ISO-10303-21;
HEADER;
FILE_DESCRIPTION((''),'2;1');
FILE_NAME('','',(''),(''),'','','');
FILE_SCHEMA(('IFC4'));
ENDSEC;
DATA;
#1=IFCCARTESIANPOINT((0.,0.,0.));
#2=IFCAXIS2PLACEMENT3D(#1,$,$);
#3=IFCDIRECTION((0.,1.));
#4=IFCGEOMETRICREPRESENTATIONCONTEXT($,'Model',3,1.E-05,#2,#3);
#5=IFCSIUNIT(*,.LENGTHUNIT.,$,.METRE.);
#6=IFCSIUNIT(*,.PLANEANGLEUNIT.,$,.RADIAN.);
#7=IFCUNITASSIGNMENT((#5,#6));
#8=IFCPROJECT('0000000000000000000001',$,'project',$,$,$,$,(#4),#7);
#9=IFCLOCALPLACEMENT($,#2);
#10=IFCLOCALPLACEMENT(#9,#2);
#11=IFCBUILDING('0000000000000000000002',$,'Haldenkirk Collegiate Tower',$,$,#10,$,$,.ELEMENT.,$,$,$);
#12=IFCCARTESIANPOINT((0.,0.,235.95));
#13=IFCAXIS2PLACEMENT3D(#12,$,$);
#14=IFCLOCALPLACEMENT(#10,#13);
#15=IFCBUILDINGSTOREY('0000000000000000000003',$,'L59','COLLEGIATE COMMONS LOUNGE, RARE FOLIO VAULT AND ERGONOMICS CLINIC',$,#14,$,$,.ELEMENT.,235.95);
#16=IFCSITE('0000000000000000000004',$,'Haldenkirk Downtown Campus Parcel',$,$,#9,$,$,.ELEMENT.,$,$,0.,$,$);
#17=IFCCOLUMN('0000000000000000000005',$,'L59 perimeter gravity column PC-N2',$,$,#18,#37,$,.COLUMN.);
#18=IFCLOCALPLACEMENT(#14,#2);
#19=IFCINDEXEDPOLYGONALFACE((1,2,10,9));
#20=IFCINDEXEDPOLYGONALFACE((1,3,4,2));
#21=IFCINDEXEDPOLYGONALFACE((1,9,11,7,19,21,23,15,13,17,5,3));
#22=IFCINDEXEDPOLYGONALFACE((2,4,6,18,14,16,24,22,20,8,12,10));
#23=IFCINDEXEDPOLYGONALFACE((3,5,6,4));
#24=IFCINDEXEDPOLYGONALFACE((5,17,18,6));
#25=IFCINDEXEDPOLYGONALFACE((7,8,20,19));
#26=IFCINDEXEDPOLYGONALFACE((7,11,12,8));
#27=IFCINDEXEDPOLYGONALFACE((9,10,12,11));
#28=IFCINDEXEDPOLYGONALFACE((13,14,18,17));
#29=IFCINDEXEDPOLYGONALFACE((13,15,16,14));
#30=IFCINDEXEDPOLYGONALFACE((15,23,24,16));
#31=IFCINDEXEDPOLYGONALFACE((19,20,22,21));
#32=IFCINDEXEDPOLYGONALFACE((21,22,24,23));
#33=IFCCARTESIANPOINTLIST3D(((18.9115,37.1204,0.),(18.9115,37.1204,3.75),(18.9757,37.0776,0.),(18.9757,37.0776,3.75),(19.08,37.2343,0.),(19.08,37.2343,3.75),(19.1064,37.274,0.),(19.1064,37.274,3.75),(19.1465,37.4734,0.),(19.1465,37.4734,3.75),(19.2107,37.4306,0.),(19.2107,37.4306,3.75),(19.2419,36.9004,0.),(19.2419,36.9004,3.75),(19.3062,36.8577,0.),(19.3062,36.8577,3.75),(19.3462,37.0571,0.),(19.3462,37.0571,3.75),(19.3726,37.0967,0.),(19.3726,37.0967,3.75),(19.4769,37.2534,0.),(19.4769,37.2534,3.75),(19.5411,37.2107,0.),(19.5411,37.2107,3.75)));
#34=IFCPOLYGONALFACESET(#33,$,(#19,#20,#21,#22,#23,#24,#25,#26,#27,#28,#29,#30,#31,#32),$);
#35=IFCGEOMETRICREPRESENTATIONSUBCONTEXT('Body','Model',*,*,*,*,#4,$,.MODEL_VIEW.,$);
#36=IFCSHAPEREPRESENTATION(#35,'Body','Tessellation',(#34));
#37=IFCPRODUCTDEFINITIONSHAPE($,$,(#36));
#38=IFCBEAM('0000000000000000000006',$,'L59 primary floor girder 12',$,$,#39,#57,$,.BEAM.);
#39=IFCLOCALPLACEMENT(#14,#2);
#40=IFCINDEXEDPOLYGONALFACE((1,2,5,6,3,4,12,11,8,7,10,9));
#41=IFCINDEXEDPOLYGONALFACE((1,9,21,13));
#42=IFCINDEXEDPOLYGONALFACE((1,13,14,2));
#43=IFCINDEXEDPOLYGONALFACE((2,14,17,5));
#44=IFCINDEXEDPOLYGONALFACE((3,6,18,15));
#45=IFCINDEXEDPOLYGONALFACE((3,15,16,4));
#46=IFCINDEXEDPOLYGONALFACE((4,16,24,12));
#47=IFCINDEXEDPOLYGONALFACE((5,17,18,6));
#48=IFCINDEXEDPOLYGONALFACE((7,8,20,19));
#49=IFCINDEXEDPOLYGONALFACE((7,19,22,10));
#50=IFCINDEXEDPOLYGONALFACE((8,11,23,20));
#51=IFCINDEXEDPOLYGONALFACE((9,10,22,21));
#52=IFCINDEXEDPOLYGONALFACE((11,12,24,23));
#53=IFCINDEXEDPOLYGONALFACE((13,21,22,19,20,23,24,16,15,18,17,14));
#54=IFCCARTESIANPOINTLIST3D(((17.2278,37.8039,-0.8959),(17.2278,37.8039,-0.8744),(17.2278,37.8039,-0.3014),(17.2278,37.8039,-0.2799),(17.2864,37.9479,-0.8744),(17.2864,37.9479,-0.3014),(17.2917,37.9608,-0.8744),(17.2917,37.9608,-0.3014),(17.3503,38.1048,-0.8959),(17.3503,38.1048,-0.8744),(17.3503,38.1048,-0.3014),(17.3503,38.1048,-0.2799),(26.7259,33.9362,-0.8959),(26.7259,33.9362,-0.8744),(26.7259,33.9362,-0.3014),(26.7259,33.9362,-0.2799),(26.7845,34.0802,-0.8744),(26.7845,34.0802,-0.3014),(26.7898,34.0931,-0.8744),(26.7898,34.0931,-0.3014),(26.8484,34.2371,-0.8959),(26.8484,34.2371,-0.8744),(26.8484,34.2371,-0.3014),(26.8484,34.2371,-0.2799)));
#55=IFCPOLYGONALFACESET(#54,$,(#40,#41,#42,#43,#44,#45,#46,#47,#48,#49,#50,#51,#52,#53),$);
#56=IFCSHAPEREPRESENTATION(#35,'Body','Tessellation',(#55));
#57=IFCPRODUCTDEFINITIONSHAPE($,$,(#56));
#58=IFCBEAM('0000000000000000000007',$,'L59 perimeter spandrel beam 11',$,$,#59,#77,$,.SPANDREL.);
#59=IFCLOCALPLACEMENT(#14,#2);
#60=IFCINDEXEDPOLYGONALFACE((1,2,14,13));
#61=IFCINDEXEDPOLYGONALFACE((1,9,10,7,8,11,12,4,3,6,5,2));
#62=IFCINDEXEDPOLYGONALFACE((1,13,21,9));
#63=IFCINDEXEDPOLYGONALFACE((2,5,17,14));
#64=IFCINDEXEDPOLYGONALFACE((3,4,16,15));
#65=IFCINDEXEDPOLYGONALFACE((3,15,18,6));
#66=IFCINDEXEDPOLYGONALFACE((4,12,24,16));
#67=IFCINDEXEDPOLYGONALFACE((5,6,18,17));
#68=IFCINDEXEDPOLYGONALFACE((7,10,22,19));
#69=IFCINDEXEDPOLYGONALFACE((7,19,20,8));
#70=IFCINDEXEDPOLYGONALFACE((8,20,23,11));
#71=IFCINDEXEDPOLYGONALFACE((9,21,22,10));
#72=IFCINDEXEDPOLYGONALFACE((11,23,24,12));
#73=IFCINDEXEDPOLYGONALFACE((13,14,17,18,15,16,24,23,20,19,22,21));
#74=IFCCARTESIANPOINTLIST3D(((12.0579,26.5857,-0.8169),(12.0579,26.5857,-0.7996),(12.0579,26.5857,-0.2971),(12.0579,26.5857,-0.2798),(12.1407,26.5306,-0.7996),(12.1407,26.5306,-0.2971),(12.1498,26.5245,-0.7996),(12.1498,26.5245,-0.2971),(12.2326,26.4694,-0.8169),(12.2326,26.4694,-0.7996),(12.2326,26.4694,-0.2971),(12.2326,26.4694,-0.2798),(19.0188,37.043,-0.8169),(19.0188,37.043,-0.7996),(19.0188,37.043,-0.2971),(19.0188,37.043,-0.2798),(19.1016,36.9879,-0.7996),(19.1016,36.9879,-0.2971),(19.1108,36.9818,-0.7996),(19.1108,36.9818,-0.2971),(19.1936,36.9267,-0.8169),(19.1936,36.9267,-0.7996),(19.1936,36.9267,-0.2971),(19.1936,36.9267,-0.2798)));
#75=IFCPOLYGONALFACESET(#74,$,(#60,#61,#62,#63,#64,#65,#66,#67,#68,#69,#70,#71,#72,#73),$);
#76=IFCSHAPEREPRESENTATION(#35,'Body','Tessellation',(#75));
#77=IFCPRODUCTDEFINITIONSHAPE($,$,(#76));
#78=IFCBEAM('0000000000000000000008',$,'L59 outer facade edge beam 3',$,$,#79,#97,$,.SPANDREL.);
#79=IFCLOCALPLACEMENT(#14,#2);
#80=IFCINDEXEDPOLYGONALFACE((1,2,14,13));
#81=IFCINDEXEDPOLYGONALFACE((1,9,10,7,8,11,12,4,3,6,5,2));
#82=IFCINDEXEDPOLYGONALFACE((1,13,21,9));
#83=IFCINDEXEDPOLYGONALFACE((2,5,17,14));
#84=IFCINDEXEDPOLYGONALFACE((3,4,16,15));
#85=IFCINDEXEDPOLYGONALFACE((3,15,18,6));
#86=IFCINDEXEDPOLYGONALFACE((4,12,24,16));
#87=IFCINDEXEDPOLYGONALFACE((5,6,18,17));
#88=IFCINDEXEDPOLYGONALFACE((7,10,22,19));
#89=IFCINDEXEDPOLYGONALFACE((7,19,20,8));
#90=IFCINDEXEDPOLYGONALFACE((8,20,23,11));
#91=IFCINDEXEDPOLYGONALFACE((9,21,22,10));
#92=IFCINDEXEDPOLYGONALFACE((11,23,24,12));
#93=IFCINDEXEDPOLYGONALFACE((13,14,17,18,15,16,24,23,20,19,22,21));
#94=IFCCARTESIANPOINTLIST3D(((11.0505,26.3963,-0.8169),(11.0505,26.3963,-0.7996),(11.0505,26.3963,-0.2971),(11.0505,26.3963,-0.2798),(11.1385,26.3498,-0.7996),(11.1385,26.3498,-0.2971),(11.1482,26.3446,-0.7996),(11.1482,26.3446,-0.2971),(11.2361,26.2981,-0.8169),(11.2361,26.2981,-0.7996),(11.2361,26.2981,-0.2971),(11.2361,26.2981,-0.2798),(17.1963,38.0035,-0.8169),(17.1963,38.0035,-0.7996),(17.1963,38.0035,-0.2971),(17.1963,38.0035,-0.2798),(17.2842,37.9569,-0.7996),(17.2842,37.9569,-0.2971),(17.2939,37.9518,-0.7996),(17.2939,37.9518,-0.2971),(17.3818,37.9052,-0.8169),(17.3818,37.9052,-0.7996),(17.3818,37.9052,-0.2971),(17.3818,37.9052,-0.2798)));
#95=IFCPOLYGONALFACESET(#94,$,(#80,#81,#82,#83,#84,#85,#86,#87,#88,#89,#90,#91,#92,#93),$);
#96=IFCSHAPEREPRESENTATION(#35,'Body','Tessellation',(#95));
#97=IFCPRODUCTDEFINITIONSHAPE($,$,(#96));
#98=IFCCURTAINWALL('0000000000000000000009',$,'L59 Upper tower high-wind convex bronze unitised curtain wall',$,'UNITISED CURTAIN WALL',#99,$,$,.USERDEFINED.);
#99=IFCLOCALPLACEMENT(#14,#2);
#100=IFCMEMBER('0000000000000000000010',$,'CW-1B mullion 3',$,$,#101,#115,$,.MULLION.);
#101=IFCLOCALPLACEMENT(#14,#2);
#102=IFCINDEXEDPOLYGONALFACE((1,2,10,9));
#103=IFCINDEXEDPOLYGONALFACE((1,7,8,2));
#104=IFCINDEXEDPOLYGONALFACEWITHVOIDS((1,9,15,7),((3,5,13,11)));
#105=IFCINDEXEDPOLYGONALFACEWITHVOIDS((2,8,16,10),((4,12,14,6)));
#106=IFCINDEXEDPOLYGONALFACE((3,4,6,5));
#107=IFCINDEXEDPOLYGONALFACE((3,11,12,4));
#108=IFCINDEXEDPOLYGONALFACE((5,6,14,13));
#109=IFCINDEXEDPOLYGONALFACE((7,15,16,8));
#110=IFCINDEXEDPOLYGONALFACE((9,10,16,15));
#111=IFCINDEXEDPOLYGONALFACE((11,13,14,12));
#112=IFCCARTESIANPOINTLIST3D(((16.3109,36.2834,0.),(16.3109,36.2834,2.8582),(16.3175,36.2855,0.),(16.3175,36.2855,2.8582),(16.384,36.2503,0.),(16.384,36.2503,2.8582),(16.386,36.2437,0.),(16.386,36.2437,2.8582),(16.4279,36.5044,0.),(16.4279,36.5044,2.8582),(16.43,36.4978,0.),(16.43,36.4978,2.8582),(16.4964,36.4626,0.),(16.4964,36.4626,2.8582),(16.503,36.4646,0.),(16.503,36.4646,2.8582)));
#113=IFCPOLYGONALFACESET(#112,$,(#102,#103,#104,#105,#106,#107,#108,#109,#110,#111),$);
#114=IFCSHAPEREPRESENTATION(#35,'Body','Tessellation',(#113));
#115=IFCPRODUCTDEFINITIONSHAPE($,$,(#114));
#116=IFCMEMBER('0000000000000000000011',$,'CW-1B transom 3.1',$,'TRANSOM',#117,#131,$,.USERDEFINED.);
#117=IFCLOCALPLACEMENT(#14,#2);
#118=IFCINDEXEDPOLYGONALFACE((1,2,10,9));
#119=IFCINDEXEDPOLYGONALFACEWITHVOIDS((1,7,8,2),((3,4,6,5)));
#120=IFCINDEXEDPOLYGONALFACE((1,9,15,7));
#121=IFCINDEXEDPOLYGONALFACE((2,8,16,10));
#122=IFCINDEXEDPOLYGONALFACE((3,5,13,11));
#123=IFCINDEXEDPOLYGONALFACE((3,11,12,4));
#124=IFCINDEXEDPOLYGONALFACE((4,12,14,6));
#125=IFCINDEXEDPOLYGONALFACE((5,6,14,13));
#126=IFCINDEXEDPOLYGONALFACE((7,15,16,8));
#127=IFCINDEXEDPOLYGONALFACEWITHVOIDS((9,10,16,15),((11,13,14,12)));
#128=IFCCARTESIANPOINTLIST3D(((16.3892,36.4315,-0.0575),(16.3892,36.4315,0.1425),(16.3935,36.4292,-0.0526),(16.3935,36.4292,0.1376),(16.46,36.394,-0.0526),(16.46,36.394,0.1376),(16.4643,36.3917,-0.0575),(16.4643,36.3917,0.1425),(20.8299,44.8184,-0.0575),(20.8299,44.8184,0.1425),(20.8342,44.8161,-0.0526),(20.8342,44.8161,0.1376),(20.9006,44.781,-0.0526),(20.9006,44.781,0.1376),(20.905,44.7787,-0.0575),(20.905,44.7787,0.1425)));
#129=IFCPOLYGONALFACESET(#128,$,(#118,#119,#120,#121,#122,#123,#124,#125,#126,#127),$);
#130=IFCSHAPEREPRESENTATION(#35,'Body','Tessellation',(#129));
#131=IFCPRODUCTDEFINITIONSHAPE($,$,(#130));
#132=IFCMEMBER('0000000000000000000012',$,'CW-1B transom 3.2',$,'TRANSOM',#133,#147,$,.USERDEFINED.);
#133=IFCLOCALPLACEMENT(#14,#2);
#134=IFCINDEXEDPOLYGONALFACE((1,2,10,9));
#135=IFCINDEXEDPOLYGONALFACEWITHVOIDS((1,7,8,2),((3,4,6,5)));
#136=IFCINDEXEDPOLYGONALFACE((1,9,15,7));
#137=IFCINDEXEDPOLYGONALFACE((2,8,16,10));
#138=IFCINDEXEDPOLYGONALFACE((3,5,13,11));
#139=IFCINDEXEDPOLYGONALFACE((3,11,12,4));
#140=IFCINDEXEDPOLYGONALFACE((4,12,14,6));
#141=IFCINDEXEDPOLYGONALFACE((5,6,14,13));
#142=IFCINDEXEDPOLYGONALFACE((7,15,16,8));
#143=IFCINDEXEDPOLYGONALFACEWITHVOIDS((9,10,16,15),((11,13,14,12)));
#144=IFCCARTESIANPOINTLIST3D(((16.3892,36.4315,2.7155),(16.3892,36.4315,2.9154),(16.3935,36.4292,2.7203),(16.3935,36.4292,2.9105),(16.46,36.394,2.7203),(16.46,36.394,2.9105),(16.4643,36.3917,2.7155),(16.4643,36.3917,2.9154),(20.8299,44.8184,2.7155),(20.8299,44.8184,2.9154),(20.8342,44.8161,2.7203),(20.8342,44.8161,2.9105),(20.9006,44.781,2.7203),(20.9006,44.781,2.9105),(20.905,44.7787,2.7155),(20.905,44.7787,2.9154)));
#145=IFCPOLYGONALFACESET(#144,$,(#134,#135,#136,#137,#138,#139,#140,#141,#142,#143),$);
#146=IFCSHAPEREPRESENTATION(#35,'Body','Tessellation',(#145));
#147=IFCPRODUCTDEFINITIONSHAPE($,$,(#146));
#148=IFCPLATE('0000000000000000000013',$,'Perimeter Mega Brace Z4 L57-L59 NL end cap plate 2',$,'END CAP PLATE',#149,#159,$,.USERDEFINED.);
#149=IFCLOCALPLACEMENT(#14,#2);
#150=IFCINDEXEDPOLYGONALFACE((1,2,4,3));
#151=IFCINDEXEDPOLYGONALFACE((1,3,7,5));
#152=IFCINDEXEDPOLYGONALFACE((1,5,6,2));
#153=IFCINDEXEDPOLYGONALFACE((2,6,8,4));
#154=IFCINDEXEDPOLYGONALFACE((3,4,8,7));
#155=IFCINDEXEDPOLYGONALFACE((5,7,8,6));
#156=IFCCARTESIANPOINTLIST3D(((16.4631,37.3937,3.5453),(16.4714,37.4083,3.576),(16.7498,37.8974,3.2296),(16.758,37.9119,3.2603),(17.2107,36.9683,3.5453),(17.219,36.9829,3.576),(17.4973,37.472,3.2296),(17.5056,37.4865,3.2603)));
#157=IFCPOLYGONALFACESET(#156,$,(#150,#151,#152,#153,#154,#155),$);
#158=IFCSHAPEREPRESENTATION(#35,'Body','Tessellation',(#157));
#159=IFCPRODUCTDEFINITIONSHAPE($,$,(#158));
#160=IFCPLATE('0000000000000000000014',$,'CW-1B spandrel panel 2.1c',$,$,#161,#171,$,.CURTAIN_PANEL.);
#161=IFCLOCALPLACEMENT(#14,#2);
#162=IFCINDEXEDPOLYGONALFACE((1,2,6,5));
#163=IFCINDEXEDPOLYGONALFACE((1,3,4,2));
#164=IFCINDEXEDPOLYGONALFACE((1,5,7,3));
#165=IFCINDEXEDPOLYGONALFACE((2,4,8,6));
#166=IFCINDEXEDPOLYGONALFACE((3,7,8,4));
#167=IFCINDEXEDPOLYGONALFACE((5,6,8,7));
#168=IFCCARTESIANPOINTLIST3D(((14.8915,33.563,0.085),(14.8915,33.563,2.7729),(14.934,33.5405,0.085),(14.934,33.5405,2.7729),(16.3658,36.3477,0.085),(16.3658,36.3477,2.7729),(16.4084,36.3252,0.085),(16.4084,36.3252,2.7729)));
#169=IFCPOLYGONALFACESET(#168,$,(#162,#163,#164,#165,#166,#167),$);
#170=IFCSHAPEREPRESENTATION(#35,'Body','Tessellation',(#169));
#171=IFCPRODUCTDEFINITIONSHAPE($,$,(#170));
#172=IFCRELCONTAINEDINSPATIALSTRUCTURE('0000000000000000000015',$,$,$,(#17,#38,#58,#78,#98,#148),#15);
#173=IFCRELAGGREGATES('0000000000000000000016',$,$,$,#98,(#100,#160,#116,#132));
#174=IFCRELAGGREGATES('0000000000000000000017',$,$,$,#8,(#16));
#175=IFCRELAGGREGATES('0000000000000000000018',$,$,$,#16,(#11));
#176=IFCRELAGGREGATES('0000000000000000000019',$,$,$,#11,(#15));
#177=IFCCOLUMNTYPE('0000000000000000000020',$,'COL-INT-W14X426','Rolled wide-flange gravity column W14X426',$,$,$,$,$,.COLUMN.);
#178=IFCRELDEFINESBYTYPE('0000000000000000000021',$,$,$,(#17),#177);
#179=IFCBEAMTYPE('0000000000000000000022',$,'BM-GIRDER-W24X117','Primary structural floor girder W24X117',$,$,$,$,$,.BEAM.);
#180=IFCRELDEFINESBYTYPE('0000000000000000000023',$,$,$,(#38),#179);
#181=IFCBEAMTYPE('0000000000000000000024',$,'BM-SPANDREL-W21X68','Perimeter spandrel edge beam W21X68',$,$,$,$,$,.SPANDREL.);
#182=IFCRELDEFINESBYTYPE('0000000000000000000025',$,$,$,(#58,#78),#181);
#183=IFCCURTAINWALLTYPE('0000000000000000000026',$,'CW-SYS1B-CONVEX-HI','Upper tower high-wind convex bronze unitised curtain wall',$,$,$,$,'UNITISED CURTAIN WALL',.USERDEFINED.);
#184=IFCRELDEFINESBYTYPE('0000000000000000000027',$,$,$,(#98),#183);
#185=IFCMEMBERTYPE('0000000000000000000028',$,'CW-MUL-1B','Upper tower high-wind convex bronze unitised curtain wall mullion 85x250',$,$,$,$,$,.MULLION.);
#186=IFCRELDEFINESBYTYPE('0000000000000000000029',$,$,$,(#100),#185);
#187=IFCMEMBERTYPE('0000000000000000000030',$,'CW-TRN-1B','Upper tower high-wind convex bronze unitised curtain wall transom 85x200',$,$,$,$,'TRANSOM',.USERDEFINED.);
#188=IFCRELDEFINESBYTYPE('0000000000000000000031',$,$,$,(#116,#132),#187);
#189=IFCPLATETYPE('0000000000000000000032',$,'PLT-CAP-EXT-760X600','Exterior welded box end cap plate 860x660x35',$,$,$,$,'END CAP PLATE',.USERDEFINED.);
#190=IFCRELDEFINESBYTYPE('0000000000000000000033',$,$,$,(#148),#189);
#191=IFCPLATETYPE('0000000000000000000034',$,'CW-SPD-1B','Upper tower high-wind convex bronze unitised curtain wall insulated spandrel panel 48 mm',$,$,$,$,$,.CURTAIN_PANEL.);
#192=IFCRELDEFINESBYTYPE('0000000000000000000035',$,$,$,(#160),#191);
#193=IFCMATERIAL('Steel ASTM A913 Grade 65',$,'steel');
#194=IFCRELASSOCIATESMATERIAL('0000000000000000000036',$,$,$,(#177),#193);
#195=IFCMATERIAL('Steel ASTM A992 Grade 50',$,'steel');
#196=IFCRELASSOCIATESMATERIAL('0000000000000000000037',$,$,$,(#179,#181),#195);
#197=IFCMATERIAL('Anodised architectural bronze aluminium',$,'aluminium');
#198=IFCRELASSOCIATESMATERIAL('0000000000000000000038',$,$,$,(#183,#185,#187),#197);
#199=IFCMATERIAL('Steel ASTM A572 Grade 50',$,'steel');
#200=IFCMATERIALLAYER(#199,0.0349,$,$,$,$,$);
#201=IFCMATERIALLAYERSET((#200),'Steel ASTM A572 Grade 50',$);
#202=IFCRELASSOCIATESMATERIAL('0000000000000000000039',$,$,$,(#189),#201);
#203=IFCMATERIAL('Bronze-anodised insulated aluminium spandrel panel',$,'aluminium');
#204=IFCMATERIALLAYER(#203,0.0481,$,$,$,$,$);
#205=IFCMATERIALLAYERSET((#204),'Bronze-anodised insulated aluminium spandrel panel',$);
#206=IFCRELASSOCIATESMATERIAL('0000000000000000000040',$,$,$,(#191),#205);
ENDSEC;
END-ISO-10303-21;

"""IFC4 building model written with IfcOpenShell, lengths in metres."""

from ifc_helpers import new_model, si_unit, direction, frame, origin, origin_2d, place, context, subcontext, project, spatial, rectangle, hollow_rectangle, i_section, extrude, source, transform, mapped, material, layer, layer_set, material_profile, profile_set, type_object, element, aggregate, save


model = new_model("IFC4")

# Units and contexts
model_context = context("Model", 3, precision=1e-05, world=origin(), true_north=direction((0.0, 1.0)))
body_context = subcontext(model_context, "Body", "Model", "MODEL_VIEW")
ifc_project = project(units=[si_unit("LENGTHUNIT", "METRE"), si_unit("PLANEANGLEUNIT", "RADIAN")], contexts=[model_context])

# Site, building, storey
site_placement = place(None, origin())
site = spatial("IfcSite", under=ifc_project, at=site_placement, Name="Haldenkirk Downtown Campus Parcel", CompositionType="ELEMENT", RefElevation=0.0)
building_placement = place(site_placement, origin())
building = spatial("IfcBuilding", under=site, at=building_placement, Name="Haldenkirk Collegiate Tower", CompositionType="ELEMENT")
storey_placement = place(building_placement, frame((0.0, 0.0, 235.95)))
storey = spatial("IfcBuildingStorey", under=building, at=storey_placement, Name="L59", Description="COLLEGIATE COMMONS LOUNGE, RARE FOLIO VAULT AND ERGONOMICS CLINIC", CompositionType="ELEMENT", Elevation=235.95)

# Column
ifc_material_1 = material(Name="Steel ASTM A913 Grade 65", Category="steel")
ifc_material_profile_1 = material_profile(ifc_material_1, i_section(OverallWidth=0.4241, OverallDepth=0.4741, WebThickness=0.0476, FlangeThickness=0.0771, at=origin_2d()), Name="W14X426")
ifc_profile_set_1 = profile_set([ifc_material_profile_1], Name="Steel ASTM A913 Grade 65")
column_type = type_object("IfcColumnType", Name="COL-INT-W14X426", Description="Rolled wide-flange gravity column W14X426", PredefinedType="COLUMN", material=ifc_profile_set_1)
column_placement = place(storey_placement, frame((19.2263, 37.1655, 0.0), z_axis=(0.0, 0.0, 1.0), x_axis=(0.554118, 0.832438, 0.0)))
element("IfcColumn", 1, at=column_placement, inside=storey, type_object=column_type, Name="L59 perimeter gravity column PC-N2", PredefinedType="COLUMN", context=body_context, shape_type="SweptSolid", body=[
    extrude(i_section(OverallWidth=0.4241, OverallDepth=0.4741, WebThickness=0.0476, FlangeThickness=0.0771, at=origin_2d()), origin(), (0.0, 0.0, 1.0), 3.75),
])

# Beams
ifc_material_2 = material(Name="Steel ASTM A992 Grade 50", Category="steel")
ifc_material_profile_2 = material_profile(ifc_material_2, i_section(OverallWidth=0.325, OverallDepth=0.616, WebThickness=0.0139, FlangeThickness=0.0215, at=origin_2d()), Name="W24X117")
ifc_profile_set_2 = profile_set([ifc_material_profile_2], Name="Steel ASTM A992 Grade 50")
beam_type_1 = type_object("IfcBeamType", Name="BM-GIRDER-W24X117", Description="Primary structural floor girder W24X117", PredefinedType="BEAM", material=ifc_profile_set_2)
beam_1_placement = place(storey_placement, frame((17.2891, 37.9543, -0.5879), z_axis=(0.926157, -0.377138, 0.0), x_axis=(0.377138, 0.926157, 0.0)))
element("IfcBeam", 2, at=beam_1_placement, inside=storey, type_object=beam_type_1, Name="L59 primary floor girder 12", PredefinedType="BEAM", context=body_context, shape_type="SweptSolid", body=[
    extrude(i_section(OverallWidth=0.325, OverallDepth=0.616, WebThickness=0.0139, FlangeThickness=0.0215, at=origin_2d()), origin(), (0.0, 0.0, 1.0), 10.2554),
])
ifc_material_profile_3 = material_profile(ifc_material_2, i_section(OverallWidth=0.21, OverallDepth=0.5371, WebThickness=0.011, FlangeThickness=0.0173, at=origin_2d()), Name="W21X68")
ifc_profile_set_3 = profile_set([ifc_material_profile_3], Name="Steel ASTM A992 Grade 50")
beam_type_2 = type_object("IfcBeamType", Name="BM-SPANDREL-W21X68", Description="Perimeter spandrel edge beam W21X68", PredefinedType="SPANDREL", material=ifc_profile_set_3)
beam_2_placement = place(storey_placement, frame((19.1062, 36.9849, -0.5483), z_axis=(-0.554117, -0.832439, 0.0), x_axis=(0.832439, -0.554117, 0.0)))
element("IfcBeam", 3, at=beam_2_placement, inside=storey, type_object=beam_type_2, Name="L59 perimeter spandrel beam 11", PredefinedType="SPANDREL", context=body_context, shape_type="SweptSolid", body=[
    extrude(i_section(OverallWidth=0.21, OverallDepth=0.5371, WebThickness=0.011, FlangeThickness=0.0173, at=origin_2d()), origin(), (0.0, 0.0, 1.0), 12.5623),
])
beam_3_placement = place(storey_placement, frame((17.2891, 37.9543, -0.5483), z_axis=(-0.467934, -0.883763, 0.0), x_axis=(0.883763, -0.467934, 0.0)))
element("IfcBeam", 4, at=beam_3_placement, inside=storey, type_object=beam_type_2, Name="L59 outer facade edge beam 3", PredefinedType="SPANDREL", context=body_context, shape_type="SweptSolid", body=[
    extrude(i_section(OverallWidth=0.21, OverallDepth=0.5371, WebThickness=0.011, FlangeThickness=0.0173, at=origin_2d()), origin(), (0.0, 0.0, 1.0), 13.1338),
])

# Curtain wall, members
ifc_material_3 = material(Name="Anodised architectural bronze aluminium", Category="aluminium")
curtain_wall_type = type_object("IfcCurtainWallType", Name="CW-SYS1B-CONVEX-HI", Description="Upper tower high-wind convex bronze unitised curtain wall", ElementType="UNITISED CURTAIN WALL", PredefinedType="USERDEFINED", material=ifc_material_3)
curtain_wall_placement = place(storey_placement, origin())
curtain_wall = element("IfcCurtainWall", 5, at=curtain_wall_placement, inside=storey, type_object=curtain_wall_type, Name="L59 Upper tower high-wind convex bronze unitised curtain wall", ObjectType="UNITISED CURTAIN WALL", PredefinedType="USERDEFINED")
ifc_material_profile_4 = material_profile(ifc_material_3, hollow_rectangle(XDim=0.085, YDim=0.25, WallThickness=0.0049, at=origin_2d()), Name="CW-MUL-1B")
ifc_profile_set_4 = profile_set([ifc_material_profile_4], Name="Anodised architectural bronze aluminium")
member_type_1 = type_object("IfcMemberType", Name="CW-MUL-1B", Description="Upper tower high-wind convex bronze unitised curtain wall mullion 85x250", PredefinedType="MULLION", material=ifc_profile_set_4)
member_1_placement = place(storey_placement, frame((16.407, 36.374, 0.0), z_axis=(0.0, 0.0, 1.0), x_axis=(-0.883765, 0.467932, 0.0)))
member_1 = element("IfcMember", 6, at=member_1_placement, type_object=member_type_1, Name="CW-1B mullion 3", PredefinedType="MULLION", context=body_context, shape_type="SweptSolid", body=[
    extrude(hollow_rectangle(XDim=0.085, YDim=0.25, WallThickness=0.0049, at=origin_2d()), origin(), (0.0, 0.0, 1.0), 2.8582),
])
ifc_material_profile_5 = material_profile(ifc_material_3, hollow_rectangle(XDim=0.085, YDim=0.2, WallThickness=0.0049, at=origin_2d()), Name="CW-TRN-1B")
ifc_profile_set_5 = profile_set([ifc_material_profile_5], Name="Anodised architectural bronze aluminium")
member_type_2 = type_object("IfcMemberType", Name="CW-TRN-1B", Description="Upper tower high-wind convex bronze unitised curtain wall transom 85x200", ElementType="TRANSOM", PredefinedType="USERDEFINED", material=ifc_profile_set_5)
member_2_placement = place(storey_placement, frame((16.4268, 36.4116, 0.0425), z_axis=(0.46793, 0.883765, 0.0), x_axis=(-0.883765, 0.46793, 0.0)))
member_2 = element("IfcMember", 7, at=member_2_placement, type_object=member_type_2, Name="CW-1B transom 3.1", ObjectType="TRANSOM", PredefinedType="USERDEFINED", context=body_context, shape_type="SweptSolid", body=[
    extrude(hollow_rectangle(XDim=0.085, YDim=0.2, WallThickness=0.0049, at=origin_2d()), origin(), (0.0, 0.0, 1.0), 9.49),
])
member_3_placement = place(storey_placement, frame((16.4268, 36.4116, 2.8154), z_axis=(0.46793, 0.883765, 0.0), x_axis=(-0.883765, 0.46793, 0.0)))
member_3 = element("IfcMember", 8, at=member_3_placement, type_object=member_type_2, Name="CW-1B transom 3.2", ObjectType="TRANSOM", PredefinedType="USERDEFINED", context=body_context, shape_type="SweptSolid", body=[
    extrude(hollow_rectangle(XDim=0.085, YDim=0.2, WallThickness=0.0049, at=origin_2d()), origin(), (0.0, 0.0, 1.0), 9.49),
])

# Plates
ifc_material_4 = material(Name="Steel ASTM A572 Grade 50", Category="steel")
ifc_layer_1 = layer(ifc_material_4, 0.0349)
ifc_layer_set_1 = layer_set([ifc_layer_1], Name="Steel ASTM A572 Grade 50")
plate_type_1 = type_object("IfcPlateType", Name="PLT-CAP-EXT-760X600", Description="Exterior welded box end cap plate 860x660x35", ElementType="END CAP PLATE", PredefinedType="USERDEFINED", material=ifc_layer_set_1)
shared_shape_1 = source(origin(), body_context, "Body", "SweptSolid", [
    extrude(rectangle(XDim=0.8601, YDim=0.6599, at=origin_2d()), origin(), (0.0, 0.0, 1.0), 0.0349),
])
plate_1_placement = place(storey_placement, frame((16.9802, 37.4329, 3.3875), z_axis=(0.236617, 0.415802, 0.878135), x_axis=(-0.869128, 0.494588, 0.0)))
element("IfcPlate", 9, at=plate_1_placement, inside=storey, type_object=plate_type_1, Name="Perimeter Mega Brace Z4 L57-L59 NL end cap plate 2", ObjectType="END CAP PLATE", PredefinedType="USERDEFINED", context=body_context, shape_type="MappedRepresentation", body=[
    mapped(shared_shape_1, transform((0.0, 0.0, 0.0), x_axis=(1.0, 0.0, 0.0), y_axis=(0.0, 1.0, 0.0), z_axis=(0.0, 0.0, 1.0), scale=1.0)),
])
ifc_material_5 = material(Name="Bronze-anodised insulated aluminium spandrel panel", Category="aluminium")
ifc_layer_2 = layer(ifc_material_5, 0.0481)
ifc_layer_set_2 = layer_set([ifc_layer_2], Name="Bronze-anodised insulated aluminium spandrel panel")
plate_type_2 = type_object("IfcPlateType", Name="CW-SPD-1B", Description="Upper tower high-wind convex bronze unitised curtain wall insulated spandrel panel 48 mm", PredefinedType="CURTAIN_PANEL", material=ifc_layer_set_2)
shared_shape_2 = source(origin(), body_context, "Body", "SweptSolid", [
    extrude(rectangle(XDim=3.1509, YDim=0.0481, at=origin_2d()), origin(), (0.0, 0.0, 1.0), 2.688),
])
plate_2_placement = place(storey_placement, frame((15.6499, 34.9441, 0.085), z_axis=(0.0, 0.0, 1.0), x_axis=(0.467932, 0.883765, 0.0)))
plate_2 = element("IfcPlate", 10, at=plate_2_placement, type_object=plate_type_2, Name="CW-1B spandrel panel 2.1c", PredefinedType="CURTAIN_PANEL", context=body_context, shape_type="MappedRepresentation", body=[
    mapped(shared_shape_2, transform((0.0, 0.0, 0.0), x_axis=(1.0, 0.0, 0.0), y_axis=(0.0, 1.0, 0.0), z_axis=(0.0, 0.0, 1.0), scale=1.0)),
])
aggregate(curtain_wall, [member_1, plate_2, member_2, member_3])

save(model, "model.ifc")
